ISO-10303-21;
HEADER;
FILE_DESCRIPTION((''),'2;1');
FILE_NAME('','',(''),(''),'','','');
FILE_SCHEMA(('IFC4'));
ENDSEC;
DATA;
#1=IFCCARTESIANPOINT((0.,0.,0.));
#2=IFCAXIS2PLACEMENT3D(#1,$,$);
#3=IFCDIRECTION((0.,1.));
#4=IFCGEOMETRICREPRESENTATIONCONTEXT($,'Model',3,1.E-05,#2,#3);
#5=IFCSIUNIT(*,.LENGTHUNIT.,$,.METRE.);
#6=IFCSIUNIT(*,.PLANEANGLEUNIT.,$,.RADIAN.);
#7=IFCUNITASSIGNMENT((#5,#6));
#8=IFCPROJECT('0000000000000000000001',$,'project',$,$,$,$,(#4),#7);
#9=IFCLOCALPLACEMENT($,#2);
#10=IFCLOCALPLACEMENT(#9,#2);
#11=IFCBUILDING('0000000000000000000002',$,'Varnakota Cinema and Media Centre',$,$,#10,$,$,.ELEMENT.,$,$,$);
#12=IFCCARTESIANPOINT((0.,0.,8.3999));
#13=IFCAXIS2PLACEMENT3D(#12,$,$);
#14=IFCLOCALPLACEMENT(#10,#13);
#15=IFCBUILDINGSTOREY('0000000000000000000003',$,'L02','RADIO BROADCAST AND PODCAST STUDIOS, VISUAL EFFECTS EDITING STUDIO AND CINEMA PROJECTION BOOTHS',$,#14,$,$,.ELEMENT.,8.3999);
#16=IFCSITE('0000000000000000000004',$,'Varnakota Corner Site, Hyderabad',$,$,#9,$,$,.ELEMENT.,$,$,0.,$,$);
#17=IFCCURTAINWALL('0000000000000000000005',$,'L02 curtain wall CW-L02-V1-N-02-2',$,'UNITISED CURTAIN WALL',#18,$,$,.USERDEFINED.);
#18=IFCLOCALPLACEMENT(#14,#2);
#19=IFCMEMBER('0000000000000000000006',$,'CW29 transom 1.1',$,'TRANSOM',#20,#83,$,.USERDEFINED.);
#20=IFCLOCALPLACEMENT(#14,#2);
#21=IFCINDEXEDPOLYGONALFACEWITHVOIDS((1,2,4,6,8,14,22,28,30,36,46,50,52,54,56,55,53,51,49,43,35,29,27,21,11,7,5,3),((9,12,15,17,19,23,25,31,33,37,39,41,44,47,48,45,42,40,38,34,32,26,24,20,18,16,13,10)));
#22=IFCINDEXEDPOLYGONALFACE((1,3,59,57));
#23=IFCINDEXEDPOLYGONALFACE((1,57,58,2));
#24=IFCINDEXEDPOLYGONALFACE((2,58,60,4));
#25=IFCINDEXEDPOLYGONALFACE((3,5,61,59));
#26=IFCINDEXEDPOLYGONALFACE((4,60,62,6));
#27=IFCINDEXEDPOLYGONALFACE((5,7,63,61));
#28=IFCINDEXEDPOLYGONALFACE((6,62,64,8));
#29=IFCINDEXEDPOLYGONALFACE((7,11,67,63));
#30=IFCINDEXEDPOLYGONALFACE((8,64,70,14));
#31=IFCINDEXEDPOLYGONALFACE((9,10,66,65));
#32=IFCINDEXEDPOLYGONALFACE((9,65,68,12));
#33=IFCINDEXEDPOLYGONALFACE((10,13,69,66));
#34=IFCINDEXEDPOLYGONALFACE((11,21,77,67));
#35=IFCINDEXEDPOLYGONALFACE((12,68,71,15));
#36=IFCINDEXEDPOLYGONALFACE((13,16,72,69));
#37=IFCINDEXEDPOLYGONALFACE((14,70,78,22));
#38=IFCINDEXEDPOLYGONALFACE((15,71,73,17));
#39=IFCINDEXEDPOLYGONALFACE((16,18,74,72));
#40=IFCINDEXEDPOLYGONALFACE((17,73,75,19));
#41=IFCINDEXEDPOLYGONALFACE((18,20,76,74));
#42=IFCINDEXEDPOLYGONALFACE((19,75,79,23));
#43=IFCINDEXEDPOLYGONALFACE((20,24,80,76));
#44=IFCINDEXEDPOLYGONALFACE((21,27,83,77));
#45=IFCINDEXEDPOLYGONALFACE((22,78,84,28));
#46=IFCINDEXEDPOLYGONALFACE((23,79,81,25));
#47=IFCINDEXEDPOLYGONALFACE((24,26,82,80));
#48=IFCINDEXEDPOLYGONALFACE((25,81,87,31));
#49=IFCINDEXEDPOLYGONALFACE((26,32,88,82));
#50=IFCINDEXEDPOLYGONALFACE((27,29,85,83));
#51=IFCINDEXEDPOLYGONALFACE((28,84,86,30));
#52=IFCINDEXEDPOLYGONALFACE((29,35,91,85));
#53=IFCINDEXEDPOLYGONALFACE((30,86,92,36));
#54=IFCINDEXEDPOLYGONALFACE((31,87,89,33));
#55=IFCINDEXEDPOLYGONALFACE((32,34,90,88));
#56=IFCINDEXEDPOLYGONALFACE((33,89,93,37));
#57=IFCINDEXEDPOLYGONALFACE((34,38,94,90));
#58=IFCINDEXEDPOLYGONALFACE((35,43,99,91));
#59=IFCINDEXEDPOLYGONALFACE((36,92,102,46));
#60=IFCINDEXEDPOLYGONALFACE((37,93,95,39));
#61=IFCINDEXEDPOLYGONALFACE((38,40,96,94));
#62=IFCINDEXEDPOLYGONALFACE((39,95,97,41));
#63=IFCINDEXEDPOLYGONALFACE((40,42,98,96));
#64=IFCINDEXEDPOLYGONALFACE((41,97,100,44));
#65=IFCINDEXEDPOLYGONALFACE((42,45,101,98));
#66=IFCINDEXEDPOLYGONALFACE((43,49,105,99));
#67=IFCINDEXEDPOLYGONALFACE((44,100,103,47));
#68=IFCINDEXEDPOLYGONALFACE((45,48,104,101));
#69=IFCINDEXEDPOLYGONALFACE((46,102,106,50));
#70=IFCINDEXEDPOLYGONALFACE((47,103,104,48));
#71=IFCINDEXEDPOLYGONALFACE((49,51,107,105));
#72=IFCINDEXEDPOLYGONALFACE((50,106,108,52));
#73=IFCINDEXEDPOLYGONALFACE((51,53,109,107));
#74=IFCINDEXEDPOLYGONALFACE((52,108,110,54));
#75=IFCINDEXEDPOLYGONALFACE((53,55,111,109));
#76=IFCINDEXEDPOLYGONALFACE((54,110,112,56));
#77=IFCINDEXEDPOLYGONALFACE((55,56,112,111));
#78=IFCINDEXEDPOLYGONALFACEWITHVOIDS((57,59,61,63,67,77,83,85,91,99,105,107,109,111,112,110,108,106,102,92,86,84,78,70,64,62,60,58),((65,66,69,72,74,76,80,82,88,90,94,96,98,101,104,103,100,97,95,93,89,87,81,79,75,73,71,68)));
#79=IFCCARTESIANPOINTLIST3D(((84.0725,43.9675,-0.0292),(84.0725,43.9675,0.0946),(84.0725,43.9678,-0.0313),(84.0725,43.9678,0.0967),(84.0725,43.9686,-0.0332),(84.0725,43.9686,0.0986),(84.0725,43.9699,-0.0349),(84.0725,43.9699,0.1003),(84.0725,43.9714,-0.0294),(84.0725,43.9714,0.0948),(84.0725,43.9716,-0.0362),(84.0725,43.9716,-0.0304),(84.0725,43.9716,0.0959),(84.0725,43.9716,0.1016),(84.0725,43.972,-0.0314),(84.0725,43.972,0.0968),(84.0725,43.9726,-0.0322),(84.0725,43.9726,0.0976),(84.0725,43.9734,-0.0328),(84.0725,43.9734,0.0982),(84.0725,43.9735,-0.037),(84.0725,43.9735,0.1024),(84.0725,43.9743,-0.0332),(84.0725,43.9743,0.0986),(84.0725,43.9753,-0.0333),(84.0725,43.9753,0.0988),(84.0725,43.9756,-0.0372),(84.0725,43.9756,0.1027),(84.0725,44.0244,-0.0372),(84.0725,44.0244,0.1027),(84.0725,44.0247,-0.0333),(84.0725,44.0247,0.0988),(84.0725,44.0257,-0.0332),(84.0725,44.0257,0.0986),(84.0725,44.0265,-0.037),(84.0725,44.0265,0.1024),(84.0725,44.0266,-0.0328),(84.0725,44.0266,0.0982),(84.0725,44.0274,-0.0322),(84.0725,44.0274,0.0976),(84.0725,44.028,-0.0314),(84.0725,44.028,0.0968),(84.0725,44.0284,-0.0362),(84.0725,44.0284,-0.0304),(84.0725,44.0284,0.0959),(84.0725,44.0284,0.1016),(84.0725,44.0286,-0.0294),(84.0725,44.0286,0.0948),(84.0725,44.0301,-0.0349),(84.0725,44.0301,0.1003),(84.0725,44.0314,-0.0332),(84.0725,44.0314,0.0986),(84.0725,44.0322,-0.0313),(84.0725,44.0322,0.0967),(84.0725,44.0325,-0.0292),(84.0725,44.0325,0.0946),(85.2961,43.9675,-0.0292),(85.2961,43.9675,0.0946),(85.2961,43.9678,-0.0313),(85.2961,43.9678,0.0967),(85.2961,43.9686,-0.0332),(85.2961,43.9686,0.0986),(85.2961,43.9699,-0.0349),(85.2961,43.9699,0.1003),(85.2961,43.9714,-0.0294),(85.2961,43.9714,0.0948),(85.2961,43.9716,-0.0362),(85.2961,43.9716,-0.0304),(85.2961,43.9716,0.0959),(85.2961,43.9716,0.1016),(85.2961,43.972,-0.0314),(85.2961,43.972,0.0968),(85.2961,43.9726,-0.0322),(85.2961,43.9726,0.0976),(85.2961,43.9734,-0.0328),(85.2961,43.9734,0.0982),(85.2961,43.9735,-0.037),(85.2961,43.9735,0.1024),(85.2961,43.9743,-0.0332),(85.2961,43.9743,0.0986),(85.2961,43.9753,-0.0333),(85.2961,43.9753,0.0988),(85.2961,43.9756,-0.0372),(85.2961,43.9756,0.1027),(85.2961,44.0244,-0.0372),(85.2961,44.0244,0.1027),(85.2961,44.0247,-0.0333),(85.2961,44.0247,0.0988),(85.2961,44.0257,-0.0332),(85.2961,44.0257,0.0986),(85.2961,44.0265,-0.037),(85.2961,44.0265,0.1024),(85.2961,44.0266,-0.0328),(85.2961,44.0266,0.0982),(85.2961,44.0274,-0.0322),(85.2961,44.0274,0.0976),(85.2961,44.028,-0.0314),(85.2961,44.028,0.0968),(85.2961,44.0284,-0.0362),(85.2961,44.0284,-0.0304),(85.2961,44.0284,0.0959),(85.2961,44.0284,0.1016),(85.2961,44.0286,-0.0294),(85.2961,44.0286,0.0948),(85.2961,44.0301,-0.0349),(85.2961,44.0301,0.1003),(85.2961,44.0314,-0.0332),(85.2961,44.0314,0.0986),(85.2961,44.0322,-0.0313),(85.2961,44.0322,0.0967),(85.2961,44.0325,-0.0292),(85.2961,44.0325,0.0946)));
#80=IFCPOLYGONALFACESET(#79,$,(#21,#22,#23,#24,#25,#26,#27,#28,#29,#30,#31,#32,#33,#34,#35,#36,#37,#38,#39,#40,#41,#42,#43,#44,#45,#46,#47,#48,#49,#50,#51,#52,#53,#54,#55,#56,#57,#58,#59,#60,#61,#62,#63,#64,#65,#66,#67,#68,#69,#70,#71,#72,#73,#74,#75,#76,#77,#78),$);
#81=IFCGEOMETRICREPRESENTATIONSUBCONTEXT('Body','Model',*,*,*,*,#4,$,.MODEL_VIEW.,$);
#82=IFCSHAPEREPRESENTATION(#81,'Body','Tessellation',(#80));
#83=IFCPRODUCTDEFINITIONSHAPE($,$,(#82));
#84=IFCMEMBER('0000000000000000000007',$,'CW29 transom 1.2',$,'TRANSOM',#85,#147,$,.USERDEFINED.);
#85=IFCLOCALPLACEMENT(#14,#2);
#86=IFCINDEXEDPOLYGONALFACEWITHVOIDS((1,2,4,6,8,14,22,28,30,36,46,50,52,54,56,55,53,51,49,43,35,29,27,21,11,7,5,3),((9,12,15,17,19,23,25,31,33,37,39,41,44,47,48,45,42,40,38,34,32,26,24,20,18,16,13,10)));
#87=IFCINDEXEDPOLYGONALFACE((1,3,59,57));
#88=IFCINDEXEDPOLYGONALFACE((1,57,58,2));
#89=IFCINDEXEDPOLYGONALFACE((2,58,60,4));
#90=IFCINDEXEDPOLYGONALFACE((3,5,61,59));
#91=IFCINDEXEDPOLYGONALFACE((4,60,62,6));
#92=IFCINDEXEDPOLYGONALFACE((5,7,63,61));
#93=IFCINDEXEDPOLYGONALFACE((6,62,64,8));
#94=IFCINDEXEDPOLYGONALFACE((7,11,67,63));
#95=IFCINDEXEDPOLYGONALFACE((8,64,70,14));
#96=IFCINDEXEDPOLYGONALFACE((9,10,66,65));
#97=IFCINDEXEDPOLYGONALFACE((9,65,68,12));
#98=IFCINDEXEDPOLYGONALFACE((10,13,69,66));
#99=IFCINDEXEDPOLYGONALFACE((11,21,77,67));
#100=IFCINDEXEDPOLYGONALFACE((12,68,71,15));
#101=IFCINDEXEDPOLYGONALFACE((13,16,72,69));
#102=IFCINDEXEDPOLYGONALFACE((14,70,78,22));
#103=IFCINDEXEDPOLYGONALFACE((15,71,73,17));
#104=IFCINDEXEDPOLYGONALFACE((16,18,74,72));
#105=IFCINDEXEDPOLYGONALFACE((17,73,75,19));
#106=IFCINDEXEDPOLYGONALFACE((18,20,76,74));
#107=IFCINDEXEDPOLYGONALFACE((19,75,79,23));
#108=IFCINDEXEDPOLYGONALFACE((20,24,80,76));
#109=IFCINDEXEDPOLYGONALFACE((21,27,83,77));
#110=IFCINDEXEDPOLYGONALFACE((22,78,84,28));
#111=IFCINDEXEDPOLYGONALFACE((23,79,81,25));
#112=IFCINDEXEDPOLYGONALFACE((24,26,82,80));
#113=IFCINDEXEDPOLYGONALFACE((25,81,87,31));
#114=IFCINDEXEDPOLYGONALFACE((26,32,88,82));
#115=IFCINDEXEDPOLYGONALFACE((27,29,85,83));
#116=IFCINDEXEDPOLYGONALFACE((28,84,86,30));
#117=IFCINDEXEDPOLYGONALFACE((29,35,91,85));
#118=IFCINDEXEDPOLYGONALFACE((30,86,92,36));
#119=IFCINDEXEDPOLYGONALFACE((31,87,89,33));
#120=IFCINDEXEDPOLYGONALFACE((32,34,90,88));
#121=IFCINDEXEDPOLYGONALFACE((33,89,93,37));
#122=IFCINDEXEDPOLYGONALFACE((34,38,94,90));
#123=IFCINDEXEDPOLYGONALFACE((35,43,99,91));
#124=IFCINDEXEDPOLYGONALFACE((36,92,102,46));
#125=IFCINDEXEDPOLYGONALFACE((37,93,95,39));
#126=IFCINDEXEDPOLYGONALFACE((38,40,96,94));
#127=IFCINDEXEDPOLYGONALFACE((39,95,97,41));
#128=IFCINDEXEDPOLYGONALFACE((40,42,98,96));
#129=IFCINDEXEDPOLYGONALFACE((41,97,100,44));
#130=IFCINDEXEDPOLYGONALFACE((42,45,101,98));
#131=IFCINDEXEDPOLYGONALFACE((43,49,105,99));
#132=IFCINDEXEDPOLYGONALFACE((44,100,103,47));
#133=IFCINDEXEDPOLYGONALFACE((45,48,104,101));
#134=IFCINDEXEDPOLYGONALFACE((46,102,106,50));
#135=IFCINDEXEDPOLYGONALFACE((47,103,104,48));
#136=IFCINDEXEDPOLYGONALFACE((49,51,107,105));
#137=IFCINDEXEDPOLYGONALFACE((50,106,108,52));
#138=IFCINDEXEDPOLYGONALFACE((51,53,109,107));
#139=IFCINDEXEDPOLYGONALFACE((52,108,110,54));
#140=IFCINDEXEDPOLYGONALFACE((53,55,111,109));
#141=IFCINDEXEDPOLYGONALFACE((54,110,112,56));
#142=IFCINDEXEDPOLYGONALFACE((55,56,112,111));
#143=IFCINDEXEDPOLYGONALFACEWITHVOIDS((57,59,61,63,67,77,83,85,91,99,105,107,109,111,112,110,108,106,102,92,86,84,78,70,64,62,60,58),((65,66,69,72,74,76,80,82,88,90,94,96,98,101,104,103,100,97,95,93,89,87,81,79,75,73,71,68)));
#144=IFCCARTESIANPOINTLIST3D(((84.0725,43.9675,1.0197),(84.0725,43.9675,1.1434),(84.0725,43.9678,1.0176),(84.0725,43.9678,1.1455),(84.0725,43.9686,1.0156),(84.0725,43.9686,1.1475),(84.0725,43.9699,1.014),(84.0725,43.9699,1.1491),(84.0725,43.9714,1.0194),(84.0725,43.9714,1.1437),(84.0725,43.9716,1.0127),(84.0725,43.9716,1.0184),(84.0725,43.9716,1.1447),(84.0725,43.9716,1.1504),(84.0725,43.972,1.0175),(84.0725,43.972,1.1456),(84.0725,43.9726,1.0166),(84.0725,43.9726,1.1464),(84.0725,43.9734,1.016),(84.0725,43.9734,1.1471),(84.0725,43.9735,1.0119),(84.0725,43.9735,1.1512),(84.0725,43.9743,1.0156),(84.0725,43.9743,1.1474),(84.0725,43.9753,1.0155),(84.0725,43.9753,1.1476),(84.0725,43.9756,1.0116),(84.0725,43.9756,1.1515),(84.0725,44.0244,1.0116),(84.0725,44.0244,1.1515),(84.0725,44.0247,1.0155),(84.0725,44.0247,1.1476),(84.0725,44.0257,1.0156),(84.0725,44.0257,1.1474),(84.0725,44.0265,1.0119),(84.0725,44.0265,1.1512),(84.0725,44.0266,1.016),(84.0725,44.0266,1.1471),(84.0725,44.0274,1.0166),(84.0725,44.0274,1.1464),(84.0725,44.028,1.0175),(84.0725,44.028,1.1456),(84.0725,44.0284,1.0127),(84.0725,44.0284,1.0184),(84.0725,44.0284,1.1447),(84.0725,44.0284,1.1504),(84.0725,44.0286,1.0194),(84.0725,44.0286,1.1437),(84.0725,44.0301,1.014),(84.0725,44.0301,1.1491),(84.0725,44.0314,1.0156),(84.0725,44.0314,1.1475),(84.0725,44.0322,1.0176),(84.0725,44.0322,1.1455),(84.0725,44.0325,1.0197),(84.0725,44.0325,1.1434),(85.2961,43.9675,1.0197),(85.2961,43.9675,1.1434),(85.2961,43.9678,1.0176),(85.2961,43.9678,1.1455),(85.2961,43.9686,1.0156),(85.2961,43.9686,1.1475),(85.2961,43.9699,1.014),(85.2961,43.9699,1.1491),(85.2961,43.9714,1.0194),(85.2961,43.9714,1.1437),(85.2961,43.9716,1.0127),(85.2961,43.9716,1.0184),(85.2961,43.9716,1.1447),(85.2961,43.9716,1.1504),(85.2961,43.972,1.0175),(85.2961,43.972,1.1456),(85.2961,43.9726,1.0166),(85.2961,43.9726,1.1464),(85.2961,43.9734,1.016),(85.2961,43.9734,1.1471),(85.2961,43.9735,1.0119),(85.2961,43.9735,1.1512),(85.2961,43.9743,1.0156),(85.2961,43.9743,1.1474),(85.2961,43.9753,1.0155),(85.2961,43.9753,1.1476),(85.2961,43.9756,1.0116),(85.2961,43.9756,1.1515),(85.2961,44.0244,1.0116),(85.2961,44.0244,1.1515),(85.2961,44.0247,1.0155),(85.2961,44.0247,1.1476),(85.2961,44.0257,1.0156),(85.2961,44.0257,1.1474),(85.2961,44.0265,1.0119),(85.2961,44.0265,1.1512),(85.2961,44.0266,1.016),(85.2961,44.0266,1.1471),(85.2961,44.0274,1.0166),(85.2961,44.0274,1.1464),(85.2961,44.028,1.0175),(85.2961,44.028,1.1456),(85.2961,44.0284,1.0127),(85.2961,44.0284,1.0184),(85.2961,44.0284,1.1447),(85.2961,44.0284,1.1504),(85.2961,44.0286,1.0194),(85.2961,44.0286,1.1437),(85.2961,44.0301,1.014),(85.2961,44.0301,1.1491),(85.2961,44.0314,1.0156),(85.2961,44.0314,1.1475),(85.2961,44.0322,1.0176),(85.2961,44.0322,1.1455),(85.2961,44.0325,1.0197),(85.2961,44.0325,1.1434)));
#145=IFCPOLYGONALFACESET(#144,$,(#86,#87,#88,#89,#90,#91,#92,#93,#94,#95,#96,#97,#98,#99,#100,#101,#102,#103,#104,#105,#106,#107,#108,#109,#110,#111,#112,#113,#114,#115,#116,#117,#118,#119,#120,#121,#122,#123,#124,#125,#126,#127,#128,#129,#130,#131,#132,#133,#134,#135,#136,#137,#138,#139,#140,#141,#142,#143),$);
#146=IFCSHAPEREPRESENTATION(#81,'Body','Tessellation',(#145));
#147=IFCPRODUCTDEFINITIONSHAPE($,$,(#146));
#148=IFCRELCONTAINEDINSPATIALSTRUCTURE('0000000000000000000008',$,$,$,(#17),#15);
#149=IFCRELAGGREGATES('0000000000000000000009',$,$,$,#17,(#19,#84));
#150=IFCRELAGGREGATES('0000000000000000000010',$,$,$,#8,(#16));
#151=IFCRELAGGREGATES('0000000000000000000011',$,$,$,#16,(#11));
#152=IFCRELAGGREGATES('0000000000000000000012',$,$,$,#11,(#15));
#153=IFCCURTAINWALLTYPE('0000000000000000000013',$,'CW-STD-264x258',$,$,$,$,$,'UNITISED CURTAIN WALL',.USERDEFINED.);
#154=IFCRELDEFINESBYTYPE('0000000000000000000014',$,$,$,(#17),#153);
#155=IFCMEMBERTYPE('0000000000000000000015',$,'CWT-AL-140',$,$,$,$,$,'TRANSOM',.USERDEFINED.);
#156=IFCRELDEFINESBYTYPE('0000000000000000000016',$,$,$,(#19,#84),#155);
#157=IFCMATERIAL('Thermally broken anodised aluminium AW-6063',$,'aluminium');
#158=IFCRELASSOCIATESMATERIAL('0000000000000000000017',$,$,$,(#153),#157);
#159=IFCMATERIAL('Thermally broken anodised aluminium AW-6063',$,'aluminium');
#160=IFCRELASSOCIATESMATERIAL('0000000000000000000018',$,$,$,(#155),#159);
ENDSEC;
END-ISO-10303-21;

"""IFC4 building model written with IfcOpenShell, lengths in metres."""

from ifc_helpers import new_model, si_unit, direction, frame, origin, origin_2d, place, context, subcontext, project, spatial, hollow_rectangle, extrude, material, material_profile, profile_set, type_object, element, aggregate, save


model = new_model("IFC4")

# Units and contexts
model_context = context("Model", 3, precision=1e-05, world=origin(), true_north=direction((0.0, 1.0)))
body_context = subcontext(model_context, "Body", "Model", "MODEL_VIEW")
ifc_project = project(units=[si_unit("LENGTHUNIT", "METRE"), si_unit("PLANEANGLEUNIT", "RADIAN")], contexts=[model_context])

# Site, building, storey
site_placement = place(None, origin())
site = spatial("IfcSite", under=ifc_project, at=site_placement, Name="Varnakota Corner Site, Hyderabad", CompositionType="ELEMENT", RefElevation=0.0)
building_placement = place(site_placement, origin())
building = spatial("IfcBuilding", under=site, at=building_placement, Name="Varnakota Cinema and Media Centre", CompositionType="ELEMENT")
storey_placement = place(building_placement, frame((0.0, 0.0, 8.3999)))
storey = spatial("IfcBuildingStorey", under=building, at=storey_placement, Name="L02", Description="RADIO BROADCAST AND PODCAST STUDIOS, VISUAL EFFECTS EDITING STUDIO AND CINEMA PROJECTION BOOTHS", CompositionType="ELEMENT", Elevation=8.3999)

# Curtain wall
ifc_material_1 = material(Name="Thermally broken anodised aluminium AW-6063", Category="aluminium")
curtain_wall_type = type_object("IfcCurtainWallType", Name="CW-STD-264x258", ElementType="UNITISED CURTAIN WALL", PredefinedType="USERDEFINED", material=ifc_material_1)
curtain_wall_1_placement = place(storey_placement, origin())
curtain_wall_1 = element("IfcCurtainWall", 1, at=curtain_wall_1_placement, inside=storey, type_object=curtain_wall_type, Name="L02 curtain wall CW-L02-V1-N-02-2", ObjectType="UNITISED CURTAIN WALL", PredefinedType="USERDEFINED")

# Members
ifc_material_2 = material(Name="Thermally broken anodised aluminium AW-6063", Category="aluminium")
ifc_material_profile_1 = material_profile(ifc_material_2, hollow_rectangle(XDim=0.0649, YDim=0.1399, WallThickness=0.0039, InnerFilletRadius=0.0039, OuterFilletRadius=0.0081, at=origin_2d()), Name="AL-TRANSOM 140x65x4")
ifc_profile_set_1 = profile_set([ifc_material_profile_1], Name="Thermally broken anodised aluminium AW-6063")
member_type_1 = type_object("IfcMemberType", Name="CWT-AL-140", ElementType="TRANSOM", PredefinedType="USERDEFINED", material=ifc_profile_set_1)
member_1_placement = place(storey_placement, frame((84.0725, 44.0, 0.0327), z_axis=(1.0, 0.0, 0.0), x_axis=(0.0, 1.0, 0.0)))
member_1 = element("IfcMember", 2, at=member_1_placement, type_object=member_type_1, Name="CW29 transom 1.1", ObjectType="TRANSOM", PredefinedType="USERDEFINED", context=body_context, shape_type="SweptSolid", body=[
    extrude(hollow_rectangle(XDim=0.0649, YDim=0.1399, WallThickness=0.0039, InnerFilletRadius=0.0039, OuterFilletRadius=0.0081, at=origin_2d()), origin(), (0.0, 0.0, 1.0), 1.2236),
])
member_2_placement = place(storey_placement, frame((84.0725, 44.0, 1.0815), z_axis=(1.0, 0.0, 0.0), x_axis=(0.0, 1.0, 0.0)))
member_2 = element("IfcMember", 3, at=member_2_placement, type_object=member_type_1, Name="CW29 transom 1.2", ObjectType="TRANSOM", PredefinedType="USERDEFINED", context=body_context, shape_type="SweptSolid", body=[
    extrude(hollow_rectangle(XDim=0.0649, YDim=0.1399, WallThickness=0.0039, InnerFilletRadius=0.0039, OuterFilletRadius=0.0081, at=origin_2d()), origin(), (0.0, 0.0, 1.0), 1.2236),
])

aggregate(curtain_wall_1, [member_1, member_2])

save(model, "model.ifc")
